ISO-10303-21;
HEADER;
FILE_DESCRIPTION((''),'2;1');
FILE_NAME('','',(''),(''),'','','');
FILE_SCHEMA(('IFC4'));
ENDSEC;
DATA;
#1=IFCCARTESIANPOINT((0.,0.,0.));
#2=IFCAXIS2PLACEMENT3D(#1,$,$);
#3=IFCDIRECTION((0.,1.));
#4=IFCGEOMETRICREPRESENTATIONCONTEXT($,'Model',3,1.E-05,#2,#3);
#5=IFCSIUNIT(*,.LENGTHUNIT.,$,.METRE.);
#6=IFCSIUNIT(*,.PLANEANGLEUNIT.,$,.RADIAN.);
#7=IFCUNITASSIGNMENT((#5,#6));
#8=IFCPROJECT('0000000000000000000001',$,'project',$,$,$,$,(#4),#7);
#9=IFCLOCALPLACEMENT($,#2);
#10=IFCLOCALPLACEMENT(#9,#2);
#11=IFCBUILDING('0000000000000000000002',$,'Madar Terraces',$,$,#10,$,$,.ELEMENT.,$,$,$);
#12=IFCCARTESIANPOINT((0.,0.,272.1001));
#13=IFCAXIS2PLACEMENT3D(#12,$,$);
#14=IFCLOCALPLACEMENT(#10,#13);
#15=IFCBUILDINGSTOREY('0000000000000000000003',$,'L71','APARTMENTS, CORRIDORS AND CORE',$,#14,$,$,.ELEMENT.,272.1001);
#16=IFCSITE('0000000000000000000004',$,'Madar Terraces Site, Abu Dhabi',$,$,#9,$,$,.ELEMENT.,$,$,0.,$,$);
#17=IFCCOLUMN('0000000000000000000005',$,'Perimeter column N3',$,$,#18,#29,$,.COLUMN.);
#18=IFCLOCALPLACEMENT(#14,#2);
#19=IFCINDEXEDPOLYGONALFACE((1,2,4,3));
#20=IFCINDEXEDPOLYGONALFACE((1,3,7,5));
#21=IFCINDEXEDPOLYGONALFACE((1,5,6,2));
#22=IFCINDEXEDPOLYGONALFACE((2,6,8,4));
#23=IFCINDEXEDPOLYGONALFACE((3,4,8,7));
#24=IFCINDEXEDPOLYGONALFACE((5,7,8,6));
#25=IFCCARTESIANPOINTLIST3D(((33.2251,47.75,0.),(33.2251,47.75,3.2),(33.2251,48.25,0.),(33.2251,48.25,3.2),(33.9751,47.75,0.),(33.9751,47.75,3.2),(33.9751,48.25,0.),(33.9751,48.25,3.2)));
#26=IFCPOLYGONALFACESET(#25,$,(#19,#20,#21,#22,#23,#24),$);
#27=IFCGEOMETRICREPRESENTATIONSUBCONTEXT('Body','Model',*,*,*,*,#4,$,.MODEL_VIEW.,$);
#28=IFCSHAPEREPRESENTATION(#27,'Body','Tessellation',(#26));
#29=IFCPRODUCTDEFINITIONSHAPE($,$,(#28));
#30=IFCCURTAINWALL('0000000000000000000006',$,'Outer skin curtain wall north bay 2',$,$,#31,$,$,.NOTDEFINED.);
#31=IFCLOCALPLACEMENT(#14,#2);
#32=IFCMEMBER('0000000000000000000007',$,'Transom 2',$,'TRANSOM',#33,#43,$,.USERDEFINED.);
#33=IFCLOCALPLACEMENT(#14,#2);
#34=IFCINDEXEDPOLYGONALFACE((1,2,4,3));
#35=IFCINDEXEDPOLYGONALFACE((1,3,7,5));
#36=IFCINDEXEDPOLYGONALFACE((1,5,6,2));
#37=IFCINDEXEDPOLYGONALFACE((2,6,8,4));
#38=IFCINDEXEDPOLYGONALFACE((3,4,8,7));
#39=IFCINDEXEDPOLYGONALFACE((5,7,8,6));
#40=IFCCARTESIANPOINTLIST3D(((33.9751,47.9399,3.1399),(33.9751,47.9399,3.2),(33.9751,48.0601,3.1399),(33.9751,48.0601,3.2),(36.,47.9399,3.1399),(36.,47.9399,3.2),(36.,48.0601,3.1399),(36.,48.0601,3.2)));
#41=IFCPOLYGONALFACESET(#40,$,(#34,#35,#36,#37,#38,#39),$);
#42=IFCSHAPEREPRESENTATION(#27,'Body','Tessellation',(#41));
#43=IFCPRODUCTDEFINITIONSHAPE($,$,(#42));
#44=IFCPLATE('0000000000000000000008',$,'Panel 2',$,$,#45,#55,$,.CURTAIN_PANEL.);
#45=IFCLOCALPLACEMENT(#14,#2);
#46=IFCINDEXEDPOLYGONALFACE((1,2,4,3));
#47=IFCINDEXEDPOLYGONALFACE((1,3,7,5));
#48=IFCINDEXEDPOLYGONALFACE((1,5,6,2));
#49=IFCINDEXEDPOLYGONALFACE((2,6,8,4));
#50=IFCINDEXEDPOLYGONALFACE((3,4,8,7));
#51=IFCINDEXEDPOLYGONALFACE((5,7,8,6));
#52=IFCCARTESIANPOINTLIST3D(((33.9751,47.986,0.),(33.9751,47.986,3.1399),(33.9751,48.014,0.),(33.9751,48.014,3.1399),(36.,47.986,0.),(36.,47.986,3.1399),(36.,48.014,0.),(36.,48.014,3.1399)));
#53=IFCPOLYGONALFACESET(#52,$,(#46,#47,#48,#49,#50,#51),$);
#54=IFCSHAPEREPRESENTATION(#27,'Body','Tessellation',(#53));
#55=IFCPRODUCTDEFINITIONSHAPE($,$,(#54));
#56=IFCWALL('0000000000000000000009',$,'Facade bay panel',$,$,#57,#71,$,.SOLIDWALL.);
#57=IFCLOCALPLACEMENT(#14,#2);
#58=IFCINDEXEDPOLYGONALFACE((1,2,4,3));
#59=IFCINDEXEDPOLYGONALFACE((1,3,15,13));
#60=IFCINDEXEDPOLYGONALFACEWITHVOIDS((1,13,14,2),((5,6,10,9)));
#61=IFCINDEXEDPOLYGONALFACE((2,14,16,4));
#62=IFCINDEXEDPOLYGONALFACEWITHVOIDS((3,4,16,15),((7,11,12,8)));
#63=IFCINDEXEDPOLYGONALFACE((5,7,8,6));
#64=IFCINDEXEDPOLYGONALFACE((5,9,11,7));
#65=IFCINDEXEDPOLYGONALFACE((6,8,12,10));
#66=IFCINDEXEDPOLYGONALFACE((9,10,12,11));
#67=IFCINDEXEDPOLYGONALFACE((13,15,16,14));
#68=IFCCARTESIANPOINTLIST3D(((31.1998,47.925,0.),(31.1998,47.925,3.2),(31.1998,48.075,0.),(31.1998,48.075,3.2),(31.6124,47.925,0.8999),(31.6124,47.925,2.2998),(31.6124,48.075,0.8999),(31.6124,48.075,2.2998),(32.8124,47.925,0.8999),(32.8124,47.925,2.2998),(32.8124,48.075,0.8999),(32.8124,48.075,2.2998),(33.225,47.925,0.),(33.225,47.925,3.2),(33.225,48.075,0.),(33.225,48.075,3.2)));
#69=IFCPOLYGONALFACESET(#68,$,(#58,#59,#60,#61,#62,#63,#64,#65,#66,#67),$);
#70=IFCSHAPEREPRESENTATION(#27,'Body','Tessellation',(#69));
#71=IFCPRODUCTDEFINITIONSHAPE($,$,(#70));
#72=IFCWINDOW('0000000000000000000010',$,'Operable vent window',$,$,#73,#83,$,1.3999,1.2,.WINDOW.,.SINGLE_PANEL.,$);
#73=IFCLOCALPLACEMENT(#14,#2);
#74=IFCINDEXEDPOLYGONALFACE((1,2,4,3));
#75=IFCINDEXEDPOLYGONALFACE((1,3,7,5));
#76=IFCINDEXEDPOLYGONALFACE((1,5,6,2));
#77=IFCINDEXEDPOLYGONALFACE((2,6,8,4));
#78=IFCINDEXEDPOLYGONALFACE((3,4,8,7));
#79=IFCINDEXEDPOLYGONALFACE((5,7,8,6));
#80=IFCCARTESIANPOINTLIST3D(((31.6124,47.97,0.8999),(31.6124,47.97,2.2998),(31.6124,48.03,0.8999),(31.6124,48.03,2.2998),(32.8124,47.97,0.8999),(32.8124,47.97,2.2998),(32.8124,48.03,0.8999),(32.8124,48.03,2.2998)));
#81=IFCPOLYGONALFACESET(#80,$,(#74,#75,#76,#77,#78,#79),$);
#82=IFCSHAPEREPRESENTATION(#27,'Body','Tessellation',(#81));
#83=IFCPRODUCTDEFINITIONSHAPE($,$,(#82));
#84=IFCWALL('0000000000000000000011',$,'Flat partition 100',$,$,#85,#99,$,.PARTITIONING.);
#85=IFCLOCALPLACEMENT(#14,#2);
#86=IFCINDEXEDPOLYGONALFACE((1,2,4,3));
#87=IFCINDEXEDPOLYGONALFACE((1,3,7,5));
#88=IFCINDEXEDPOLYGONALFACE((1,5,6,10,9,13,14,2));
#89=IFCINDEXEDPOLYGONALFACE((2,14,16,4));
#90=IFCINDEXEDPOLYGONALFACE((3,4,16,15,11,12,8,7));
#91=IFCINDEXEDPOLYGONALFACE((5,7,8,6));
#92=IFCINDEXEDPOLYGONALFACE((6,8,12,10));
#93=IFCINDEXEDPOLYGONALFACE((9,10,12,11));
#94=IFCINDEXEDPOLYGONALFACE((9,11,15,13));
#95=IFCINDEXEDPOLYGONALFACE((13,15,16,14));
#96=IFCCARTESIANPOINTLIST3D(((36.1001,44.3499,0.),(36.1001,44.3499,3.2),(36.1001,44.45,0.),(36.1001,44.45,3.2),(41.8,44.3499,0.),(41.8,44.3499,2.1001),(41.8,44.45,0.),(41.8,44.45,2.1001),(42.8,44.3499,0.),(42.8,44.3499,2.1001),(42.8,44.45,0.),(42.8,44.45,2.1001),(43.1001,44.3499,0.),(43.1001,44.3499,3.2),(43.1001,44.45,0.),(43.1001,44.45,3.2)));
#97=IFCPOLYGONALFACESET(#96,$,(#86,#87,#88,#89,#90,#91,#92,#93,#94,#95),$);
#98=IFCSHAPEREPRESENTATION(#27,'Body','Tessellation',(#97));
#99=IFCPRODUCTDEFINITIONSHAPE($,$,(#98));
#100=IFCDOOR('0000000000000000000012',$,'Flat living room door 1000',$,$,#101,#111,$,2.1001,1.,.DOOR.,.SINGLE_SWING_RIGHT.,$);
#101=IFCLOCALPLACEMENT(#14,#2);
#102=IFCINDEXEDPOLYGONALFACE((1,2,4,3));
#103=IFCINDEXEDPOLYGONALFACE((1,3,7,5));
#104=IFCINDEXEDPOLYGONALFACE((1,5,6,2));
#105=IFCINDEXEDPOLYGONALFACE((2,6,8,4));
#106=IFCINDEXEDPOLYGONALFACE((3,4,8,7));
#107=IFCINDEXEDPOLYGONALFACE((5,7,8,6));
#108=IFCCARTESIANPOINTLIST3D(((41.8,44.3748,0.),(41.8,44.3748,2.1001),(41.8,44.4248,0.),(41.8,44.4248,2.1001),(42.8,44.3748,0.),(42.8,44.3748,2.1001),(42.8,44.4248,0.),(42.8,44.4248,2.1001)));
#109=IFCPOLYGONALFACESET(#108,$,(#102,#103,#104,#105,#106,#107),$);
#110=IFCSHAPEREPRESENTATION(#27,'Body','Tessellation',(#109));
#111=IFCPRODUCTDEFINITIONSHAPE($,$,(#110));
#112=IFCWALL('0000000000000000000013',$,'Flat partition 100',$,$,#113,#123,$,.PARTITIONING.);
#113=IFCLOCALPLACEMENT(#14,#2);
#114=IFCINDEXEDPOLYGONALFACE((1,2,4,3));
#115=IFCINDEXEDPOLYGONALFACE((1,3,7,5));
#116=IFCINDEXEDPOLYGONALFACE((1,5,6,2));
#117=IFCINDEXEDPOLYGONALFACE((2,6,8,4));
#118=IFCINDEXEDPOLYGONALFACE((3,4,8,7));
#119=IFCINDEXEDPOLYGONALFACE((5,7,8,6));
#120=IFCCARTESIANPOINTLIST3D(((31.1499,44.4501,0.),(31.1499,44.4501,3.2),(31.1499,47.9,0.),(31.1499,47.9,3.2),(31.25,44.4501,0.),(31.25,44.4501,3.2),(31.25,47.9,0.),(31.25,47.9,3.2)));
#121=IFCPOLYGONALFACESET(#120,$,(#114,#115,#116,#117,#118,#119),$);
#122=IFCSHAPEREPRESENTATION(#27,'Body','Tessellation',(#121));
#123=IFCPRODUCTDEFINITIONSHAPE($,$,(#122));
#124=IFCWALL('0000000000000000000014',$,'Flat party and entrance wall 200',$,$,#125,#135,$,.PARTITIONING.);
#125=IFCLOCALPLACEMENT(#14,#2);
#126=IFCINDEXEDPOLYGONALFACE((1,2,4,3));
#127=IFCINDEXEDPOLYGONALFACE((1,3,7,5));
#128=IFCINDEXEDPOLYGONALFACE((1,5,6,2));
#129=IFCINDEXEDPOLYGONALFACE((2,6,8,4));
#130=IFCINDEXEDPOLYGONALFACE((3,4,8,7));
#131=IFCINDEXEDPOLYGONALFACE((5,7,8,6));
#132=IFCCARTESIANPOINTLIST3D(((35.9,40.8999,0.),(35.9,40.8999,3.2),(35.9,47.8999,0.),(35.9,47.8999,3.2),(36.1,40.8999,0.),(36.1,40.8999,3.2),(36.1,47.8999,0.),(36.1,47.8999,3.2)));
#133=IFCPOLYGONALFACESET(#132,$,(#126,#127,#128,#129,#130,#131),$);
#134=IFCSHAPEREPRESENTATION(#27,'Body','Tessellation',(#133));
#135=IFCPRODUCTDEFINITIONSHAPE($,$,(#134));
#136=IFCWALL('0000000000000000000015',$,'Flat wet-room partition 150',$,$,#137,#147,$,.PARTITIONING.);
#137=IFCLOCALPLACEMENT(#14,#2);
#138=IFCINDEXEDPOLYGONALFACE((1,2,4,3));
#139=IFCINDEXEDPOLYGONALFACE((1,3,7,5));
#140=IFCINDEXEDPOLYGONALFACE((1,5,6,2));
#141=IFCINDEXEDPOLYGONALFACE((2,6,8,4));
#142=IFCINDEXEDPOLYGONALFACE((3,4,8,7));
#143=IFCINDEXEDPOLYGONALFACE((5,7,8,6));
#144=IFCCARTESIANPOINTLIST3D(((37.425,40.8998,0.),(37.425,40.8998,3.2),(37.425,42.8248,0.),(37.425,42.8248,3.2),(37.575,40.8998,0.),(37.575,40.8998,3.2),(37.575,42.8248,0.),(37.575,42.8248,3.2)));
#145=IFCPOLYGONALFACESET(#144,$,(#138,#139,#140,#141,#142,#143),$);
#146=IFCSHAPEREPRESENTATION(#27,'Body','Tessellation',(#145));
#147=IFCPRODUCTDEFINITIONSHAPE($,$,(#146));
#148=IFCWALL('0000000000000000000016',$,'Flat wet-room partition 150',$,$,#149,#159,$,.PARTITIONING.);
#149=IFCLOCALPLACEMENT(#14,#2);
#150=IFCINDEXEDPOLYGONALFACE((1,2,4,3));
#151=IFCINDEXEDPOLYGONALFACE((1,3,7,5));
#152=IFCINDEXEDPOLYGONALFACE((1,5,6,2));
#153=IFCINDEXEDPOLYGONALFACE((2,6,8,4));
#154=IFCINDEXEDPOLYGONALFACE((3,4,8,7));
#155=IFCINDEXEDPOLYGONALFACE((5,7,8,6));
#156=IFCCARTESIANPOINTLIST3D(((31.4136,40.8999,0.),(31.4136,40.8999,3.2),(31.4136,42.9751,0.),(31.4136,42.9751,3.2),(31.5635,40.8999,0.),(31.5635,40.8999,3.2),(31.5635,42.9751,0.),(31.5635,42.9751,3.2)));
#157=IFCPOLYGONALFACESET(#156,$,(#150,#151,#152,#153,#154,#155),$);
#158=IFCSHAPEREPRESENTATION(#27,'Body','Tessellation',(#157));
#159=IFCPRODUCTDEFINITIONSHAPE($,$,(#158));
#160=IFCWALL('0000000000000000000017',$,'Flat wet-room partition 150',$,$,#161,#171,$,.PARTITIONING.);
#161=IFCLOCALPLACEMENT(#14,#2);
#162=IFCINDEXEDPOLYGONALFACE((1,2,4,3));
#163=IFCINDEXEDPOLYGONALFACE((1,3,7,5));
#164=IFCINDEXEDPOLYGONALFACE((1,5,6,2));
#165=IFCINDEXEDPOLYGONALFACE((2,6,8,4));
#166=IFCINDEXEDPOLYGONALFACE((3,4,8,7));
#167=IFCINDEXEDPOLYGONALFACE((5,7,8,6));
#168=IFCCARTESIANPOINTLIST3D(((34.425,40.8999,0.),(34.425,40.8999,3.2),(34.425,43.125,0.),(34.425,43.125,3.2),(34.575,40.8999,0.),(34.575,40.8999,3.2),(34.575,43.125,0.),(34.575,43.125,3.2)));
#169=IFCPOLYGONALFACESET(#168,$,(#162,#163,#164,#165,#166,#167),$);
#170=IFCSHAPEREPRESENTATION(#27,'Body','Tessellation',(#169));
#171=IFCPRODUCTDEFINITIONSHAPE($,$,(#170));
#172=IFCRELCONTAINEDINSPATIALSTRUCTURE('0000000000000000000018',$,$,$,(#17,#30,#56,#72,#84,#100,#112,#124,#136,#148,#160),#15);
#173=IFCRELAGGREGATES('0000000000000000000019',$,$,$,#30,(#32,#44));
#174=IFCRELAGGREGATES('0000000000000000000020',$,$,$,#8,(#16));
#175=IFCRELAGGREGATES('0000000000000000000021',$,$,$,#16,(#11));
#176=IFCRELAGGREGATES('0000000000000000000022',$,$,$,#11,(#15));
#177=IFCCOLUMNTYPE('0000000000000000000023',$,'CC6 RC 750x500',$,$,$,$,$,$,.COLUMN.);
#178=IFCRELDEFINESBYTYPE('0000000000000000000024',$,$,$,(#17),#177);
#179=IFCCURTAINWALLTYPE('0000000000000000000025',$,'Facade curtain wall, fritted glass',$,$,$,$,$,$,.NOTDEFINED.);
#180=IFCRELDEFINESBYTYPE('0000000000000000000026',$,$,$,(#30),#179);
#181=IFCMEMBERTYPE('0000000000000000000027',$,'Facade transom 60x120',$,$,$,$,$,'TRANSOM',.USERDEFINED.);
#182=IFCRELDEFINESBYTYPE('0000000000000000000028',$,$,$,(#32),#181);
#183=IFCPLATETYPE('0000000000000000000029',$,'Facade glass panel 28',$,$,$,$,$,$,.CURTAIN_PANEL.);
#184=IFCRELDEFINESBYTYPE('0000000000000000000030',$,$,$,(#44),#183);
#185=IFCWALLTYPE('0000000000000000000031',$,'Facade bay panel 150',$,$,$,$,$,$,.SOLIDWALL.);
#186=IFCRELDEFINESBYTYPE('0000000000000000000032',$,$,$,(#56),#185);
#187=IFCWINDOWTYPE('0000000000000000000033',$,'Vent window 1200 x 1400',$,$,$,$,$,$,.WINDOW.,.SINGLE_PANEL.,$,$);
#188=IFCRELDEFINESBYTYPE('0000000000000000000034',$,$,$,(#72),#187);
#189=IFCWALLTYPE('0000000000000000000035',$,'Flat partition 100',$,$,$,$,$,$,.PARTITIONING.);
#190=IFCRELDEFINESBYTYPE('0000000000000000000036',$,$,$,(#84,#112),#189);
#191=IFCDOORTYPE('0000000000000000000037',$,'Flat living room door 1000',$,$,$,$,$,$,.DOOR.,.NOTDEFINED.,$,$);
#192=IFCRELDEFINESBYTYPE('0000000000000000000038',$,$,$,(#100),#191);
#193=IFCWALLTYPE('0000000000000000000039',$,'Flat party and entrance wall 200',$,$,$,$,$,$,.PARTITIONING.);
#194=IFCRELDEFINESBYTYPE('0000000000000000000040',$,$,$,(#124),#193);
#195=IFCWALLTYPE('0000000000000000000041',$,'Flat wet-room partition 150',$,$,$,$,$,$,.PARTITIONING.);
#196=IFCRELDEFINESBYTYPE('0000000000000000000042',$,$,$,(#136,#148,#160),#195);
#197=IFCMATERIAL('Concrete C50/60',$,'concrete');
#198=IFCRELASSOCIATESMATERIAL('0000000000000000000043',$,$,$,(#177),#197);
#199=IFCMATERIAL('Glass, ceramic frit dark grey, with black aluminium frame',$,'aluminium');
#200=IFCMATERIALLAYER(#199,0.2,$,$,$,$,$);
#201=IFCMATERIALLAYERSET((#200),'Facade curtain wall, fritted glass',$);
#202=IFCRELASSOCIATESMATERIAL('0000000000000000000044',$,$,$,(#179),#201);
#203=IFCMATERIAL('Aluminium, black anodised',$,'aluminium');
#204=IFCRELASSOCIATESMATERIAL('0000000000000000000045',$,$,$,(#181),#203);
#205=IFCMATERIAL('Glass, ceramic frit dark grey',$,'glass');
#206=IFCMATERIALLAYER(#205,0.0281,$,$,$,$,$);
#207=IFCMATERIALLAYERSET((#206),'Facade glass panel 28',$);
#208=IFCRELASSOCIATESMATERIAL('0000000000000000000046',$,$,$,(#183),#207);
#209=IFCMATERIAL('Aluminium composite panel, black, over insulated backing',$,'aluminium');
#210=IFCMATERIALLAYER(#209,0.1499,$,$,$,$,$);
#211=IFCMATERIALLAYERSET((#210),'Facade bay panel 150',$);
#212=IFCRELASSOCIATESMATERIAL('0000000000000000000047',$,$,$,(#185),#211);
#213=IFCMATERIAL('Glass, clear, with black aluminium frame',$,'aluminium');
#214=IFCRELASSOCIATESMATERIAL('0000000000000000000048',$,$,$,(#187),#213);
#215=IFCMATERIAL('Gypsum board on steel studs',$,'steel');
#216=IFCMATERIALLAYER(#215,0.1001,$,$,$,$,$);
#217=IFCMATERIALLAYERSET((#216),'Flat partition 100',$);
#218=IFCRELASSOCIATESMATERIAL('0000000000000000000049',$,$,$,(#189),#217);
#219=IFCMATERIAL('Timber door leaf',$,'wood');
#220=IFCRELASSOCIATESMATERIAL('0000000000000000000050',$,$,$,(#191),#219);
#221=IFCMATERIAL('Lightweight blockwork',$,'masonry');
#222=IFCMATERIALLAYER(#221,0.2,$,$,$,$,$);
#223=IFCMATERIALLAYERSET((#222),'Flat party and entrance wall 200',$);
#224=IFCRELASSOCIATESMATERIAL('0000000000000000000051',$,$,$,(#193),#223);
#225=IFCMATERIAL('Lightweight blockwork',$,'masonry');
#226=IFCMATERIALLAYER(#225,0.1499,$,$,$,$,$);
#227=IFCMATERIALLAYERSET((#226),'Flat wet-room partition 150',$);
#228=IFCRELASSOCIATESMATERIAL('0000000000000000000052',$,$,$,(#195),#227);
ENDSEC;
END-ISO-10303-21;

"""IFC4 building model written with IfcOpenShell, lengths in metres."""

from ifc_helpers import new_model, si_unit, direction, frame, frame_2d, origin, origin_2d, place, context, subcontext, project, spatial, rectangle, extrude, material, layer, layer_set, material_profile, profile_set, type_object, element, fill, aggregate, save


model = new_model("IFC4")

# Units and contexts
model_context = context("Model", 3, precision=1e-05, world=origin(), true_north=direction((0.0, 1.0)))
body_context = subcontext(model_context, "Body", "Model", "MODEL_VIEW")
ifc_project = project(units=[si_unit("LENGTHUNIT", "METRE"), si_unit("PLANEANGLEUNIT", "RADIAN")], contexts=[model_context])

# Site, building, storey
site_placement = place(None, origin())
site = spatial("IfcSite", under=ifc_project, at=site_placement, Name="Madar Terraces Site, Abu Dhabi", CompositionType="ELEMENT", RefElevation=0.0)
building_placement = place(site_placement, origin())
building = spatial("IfcBuilding", under=site, at=building_placement, Name="Madar Terraces", CompositionType="ELEMENT")
storey_placement = place(building_placement, frame((0.0, 0.0, 272.1001)))
storey = spatial("IfcBuildingStorey", under=building, at=storey_placement, Name="L71", Description="APARTMENTS, CORRIDORS AND CORE", CompositionType="ELEMENT", Elevation=272.1001)

# Column
ifc_material_1 = material(Name="Concrete C50/60", Category="concrete")
ifc_material_profile_1 = material_profile(ifc_material_1, rectangle(XDim=0.75, YDim=0.5, at=origin_2d()), Name="CC6 RC 750x500")
ifc_profile_set_1 = profile_set([ifc_material_profile_1], Name="Concrete C50/60")
column_type = type_object("IfcColumnType", Name="CC6 RC 750x500", PredefinedType="COLUMN", material=ifc_profile_set_1)
column_placement = place(storey_placement, frame((33.6001, 48.0, 0.0), z_axis=(0.0, 0.0, 1.0), x_axis=(1.0, 0.0, 0.0)))
element("IfcColumn", 1, at=column_placement, inside=storey, type_object=column_type, Name="Perimeter column N3", PredefinedType="COLUMN", context=body_context, shape_type="SweptSolid", body=[
    extrude(rectangle(XDim=0.75, YDim=0.5, at=origin_2d()), origin(), (0.0, 0.0, 1.0), 3.2),
])

# Curtain wall, member, plate
ifc_material_2 = material(Name="Glass, ceramic frit dark grey, with black aluminium frame", Category="aluminium")
ifc_layer_1 = layer(ifc_material_2, 0.2)
ifc_layer_set_1 = layer_set([ifc_layer_1], Name="Facade curtain wall, fritted glass")
curtain_wall_type = type_object("IfcCurtainWallType", Name="Facade curtain wall, fritted glass", PredefinedType="NOTDEFINED", material=ifc_layer_set_1)
curtain_wall_placement = place(storey_placement, origin())
curtain_wall = element("IfcCurtainWall", 2, at=curtain_wall_placement, inside=storey, type_object=curtain_wall_type, Name="Outer skin curtain wall north bay 2", PredefinedType="NOTDEFINED")
ifc_material_3 = material(Name="Aluminium, black anodised", Category="aluminium")
ifc_material_profile_2 = material_profile(ifc_material_3, rectangle(XDim=0.1201, YDim=0.0601, at=origin_2d()), Name="Facade transom 60x120")
ifc_profile_set_2 = profile_set([ifc_material_profile_2], Name="Aluminium, black anodised")
member_type = type_object("IfcMemberType", Name="Facade transom 60x120", ElementType="TRANSOM", PredefinedType="USERDEFINED", material=ifc_profile_set_2)
member_placement = place(storey_placement, frame((36.0, 48.0, 3.1699), z_axis=(-1.0, 0.0, 0.0), x_axis=(0.0, -1.0, 0.0)))
member = element("IfcMember", 3, at=member_placement, type_object=member_type, Name="Transom 2", ObjectType="TRANSOM", PredefinedType="USERDEFINED", context=body_context, shape_type="SweptSolid", body=[
    extrude(rectangle(XDim=0.1201, YDim=0.0601, at=origin_2d()), origin(), (0.0, 0.0, 1.0), 2.0249),
])
ifc_material_4 = material(Name="Glass, ceramic frit dark grey", Category="glass")
ifc_layer_2 = layer(ifc_material_4, 0.0281)
ifc_layer_set_2 = layer_set([ifc_layer_2], Name="Facade glass panel 28")
plate_type = type_object("IfcPlateType", Name="Facade glass panel 28", PredefinedType="CURTAIN_PANEL", material=ifc_layer_set_2)
plate_placement = place(storey_placement, frame((34.9875, 48.0, 0.0), z_axis=(0.0, 0.0, 1.0), x_axis=(-1.0, 0.0, 0.0)))
plate = element("IfcPlate", 4, at=plate_placement, type_object=plate_type, Name="Panel 2", PredefinedType="CURTAIN_PANEL", context=body_context, shape_type="SweptSolid", body=[
    extrude(rectangle(XDim=2.0249, YDim=0.0281, at=origin_2d()), origin(), (0.0, 0.0, 1.0), 3.1399),
])
aggregate(curtain_wall, [member, plate])

# Wall, opening, window
ifc_material_5 = material(Name="Aluminium composite panel, black, over insulated backing", Category="aluminium")
ifc_layer_3 = layer(ifc_material_5, 0.1499)
ifc_layer_set_3 = layer_set([ifc_layer_3], Name="Facade bay panel 150")
wall_type_1 = type_object("IfcWallType", Name="Facade bay panel 150", PredefinedType="SOLIDWALL", material=ifc_layer_set_3)
wall_1_placement = place(storey_placement, frame((33.2251, 48.0, 0.0), z_axis=(0.0, 0.0, 1.0), x_axis=(-1.0, 0.0, 0.0)))
wall_1 = element("IfcWall", 5, at=wall_1_placement, inside=storey, type_object=wall_type_1, Name="Facade bay panel", PredefinedType="SOLIDWALL", context=body_context, shape_type="SweptSolid", body=[
    extrude(rectangle(XDim=2.0251, YDim=0.1499, at=frame_2d((1.0127, 0.0))), origin(), (0.0, 0.0, 1.0), 3.2),
])
opening_1_placement = place(wall_1_placement, frame((0.4126, 0.0, 0.8999)))
opening_1 = element("IfcOpeningElement", 6, at=opening_1_placement, cuts=wall_1, PredefinedType="OPENING", context=body_context, shape_type="SweptSolid", body=[
    extrude(rectangle(XDim=1.2, YDim=1.3999, at=frame_2d((0.6001, 0.7))), frame((0.0, 0.085, 0.0), z_axis=(0.0, -1.0, 0.0), x_axis=(1.0, 0.0, 0.0)), (0.0, 0.0, 1.0), 0.1699),
])
ifc_material_6 = material(Name="Glass, clear, with black aluminium frame", Category="aluminium")
window_type = type_object("IfcWindowType", Name="Vent window 1200 x 1400", PartitioningType="SINGLE_PANEL", PredefinedType="WINDOW", material=ifc_material_6)
window_placement = place(opening_1_placement, origin())
window = element("IfcWindow", 7, at=window_placement, inside=storey, type_object=window_type, Name="Operable vent window", OverallHeight=1.3999, OverallWidth=1.2, PartitioningType="SINGLE_PANEL", PredefinedType="WINDOW", context=body_context, shape_type="SweptSolid", body=[
    extrude(rectangle(XDim=1.2, YDim=1.3999, at=frame_2d((0.6001, 0.7))), frame((0.0, 0.03, 0.0), z_axis=(0.0, -1.0, 0.0), x_axis=(1.0, 0.0, 0.0)), (0.0, 0.0, 1.0), 0.0601),
])
fill(opening_1, window)

# Wall, opening, door
ifc_material_7 = material(Name="Gypsum board on steel studs", Category="steel")
ifc_layer_4 = layer(ifc_material_7, 0.1001)
ifc_layer_set_4 = layer_set([ifc_layer_4], Name="Flat partition 100")
wall_type_2 = type_object("IfcWallType", Name="Flat partition 100", PredefinedType="PARTITIONING", material=ifc_layer_set_4)
wall_2_placement = place(storey_placement, frame((36.1001, 44.3999, 0.0), z_axis=(0.0, 0.0, 1.0), x_axis=(1.0, 0.0, 0.0)))
wall_2 = element("IfcWall", 8, at=wall_2_placement, inside=storey, type_object=wall_type_2, Name="Flat partition 100", PredefinedType="PARTITIONING", context=body_context, shape_type="SweptSolid", body=[
    extrude(rectangle(XDim=7.0, YDim=0.1001, at=frame_2d((3.5, 0.0))), origin(), (0.0, 0.0, 1.0), 3.2),
])
opening_2_placement = place(wall_2_placement, frame((5.7, 0.0, 0.0)))
opening_2 = element("IfcOpeningElement", 9, at=opening_2_placement, cuts=wall_2, PredefinedType="OPENING", context=body_context, shape_type="SweptSolid", body=[
    extrude(rectangle(XDim=1.0, YDim=2.1001, at=frame_2d((0.5, 1.05))), frame((0.0, 0.0601, 0.0), z_axis=(0.0, -1.0, 0.0), x_axis=(1.0, 0.0, 0.0)), (0.0, 0.0, 1.0), 0.1201),
])
ifc_material_8 = material(Name="Timber door leaf", Category="wood")
door_type_1 = type_object("IfcDoorType", Name="Flat living room door 1000", OperationType="NOTDEFINED", PredefinedType="DOOR", material=ifc_material_8)
door_1_placement = place(opening_2_placement, origin())
door_1 = element("IfcDoor", 10, at=door_1_placement, inside=storey, type_object=door_type_1, Name="Flat living room door 1000", OperationType="SINGLE_SWING_RIGHT", OverallHeight=2.1001, OverallWidth=1.0, PredefinedType="DOOR", context=body_context, shape_type="SweptSolid", body=[
    extrude(rectangle(XDim=1.0, YDim=2.1001, at=frame_2d((0.5, 1.05))), frame((0.0, 0.0249, 0.0), z_axis=(0.0, -1.0, 0.0), x_axis=(1.0, 0.0, 0.0)), (0.0, 0.0, 1.0), 0.05),
])
fill(opening_2, door_1)

# Walls
wall_3_placement = place(storey_placement, frame((31.2, 44.45, 0.0), z_axis=(0.0, 0.0, 1.0), x_axis=(0.0, 1.0, 0.0)))
element("IfcWall", 11, at=wall_3_placement, inside=storey, type_object=wall_type_2, Name="Flat partition 100", PredefinedType="PARTITIONING", context=body_context, shape_type="SweptSolid", body=[
    extrude(rectangle(XDim=3.45, YDim=0.1001, at=frame_2d((1.7251, 0.0))), origin(), (0.0, 0.0, 1.0), 3.2),
])
ifc_material_9 = material(Name="Lightweight blockwork", Category="masonry")
ifc_layer_5 = layer(ifc_material_9, 0.2)
ifc_layer_set_5 = layer_set([ifc_layer_5], Name="Flat party and entrance wall 200")
wall_type_3 = type_object("IfcWallType", Name="Flat party and entrance wall 200", PredefinedType="PARTITIONING", material=ifc_layer_set_5)
wall_4_placement = place(storey_placement, frame((36.0, 47.8999, 0.0), z_axis=(0.0, 0.0, 1.0), x_axis=(0.0, -1.0, 0.0)))
element("IfcWall", 12, at=wall_4_placement, inside=storey, type_object=wall_type_3, Name="Flat party and entrance wall 200", PredefinedType="PARTITIONING", context=body_context, shape_type="SweptSolid", body=[
    extrude(rectangle(XDim=7.0, YDim=0.2, at=frame_2d((3.5, 0.0))), origin(), (0.0, 0.0, 1.0), 3.2),
])
ifc_material_10 = material(Name="Lightweight blockwork", Category="masonry")
ifc_layer_6 = layer(ifc_material_10, 0.1499)
ifc_layer_set_6 = layer_set([ifc_layer_6], Name="Flat wet-room partition 150")
wall_type_4 = type_object("IfcWallType", Name="Flat wet-room partition 150", PredefinedType="PARTITIONING", material=ifc_layer_set_6)
wall_5_placement = place(storey_placement, frame((37.5, 40.8999, 0.0), z_axis=(0.0, 0.0, 1.0), x_axis=(0.0, 1.0, 0.0)))
element("IfcWall", 13, at=wall_5_placement, inside=storey, type_object=wall_type_4, Name="Flat wet-room partition 150", PredefinedType="PARTITIONING", context=body_context, shape_type="SweptSolid", body=[
    extrude(rectangle(XDim=1.925, YDim=0.1499, at=frame_2d((0.9624, 0.0))), origin(), (0.0, 0.0, 1.0), 3.2),
])
wall_6_placement = place(storey_placement, frame((31.4885, 40.8999, 0.0), z_axis=(0.0, 0.0, 1.0), x_axis=(0.0, 1.0, 0.0)))
element("IfcWall", 14, at=wall_6_placement, inside=storey, type_object=wall_type_4, Name="Flat wet-room partition 150", PredefinedType="PARTITIONING", context=body_context, shape_type="SweptSolid", body=[
    extrude(rectangle(XDim=2.0752, YDim=0.1499, at=frame_2d((1.0376, 0.0))), origin(), (0.0, 0.0, 1.0), 3.2),
])
wall_7_placement = place(storey_placement, frame((34.5, 40.8999, 0.0), z_axis=(0.0, 0.0, 1.0), x_axis=(0.0, 1.0, 0.0)))
element("IfcWall", 15, at=wall_7_placement, inside=storey, type_object=wall_type_4, Name="Flat wet-room partition 150", PredefinedType="PARTITIONING", context=body_context, shape_type="SweptSolid", body=[
    extrude(rectangle(XDim=2.2251, YDim=0.1499, at=frame_2d((1.1125, 0.0))), origin(), (0.0, 0.0, 1.0), 3.2),
])

save(model, "model.ifc")
